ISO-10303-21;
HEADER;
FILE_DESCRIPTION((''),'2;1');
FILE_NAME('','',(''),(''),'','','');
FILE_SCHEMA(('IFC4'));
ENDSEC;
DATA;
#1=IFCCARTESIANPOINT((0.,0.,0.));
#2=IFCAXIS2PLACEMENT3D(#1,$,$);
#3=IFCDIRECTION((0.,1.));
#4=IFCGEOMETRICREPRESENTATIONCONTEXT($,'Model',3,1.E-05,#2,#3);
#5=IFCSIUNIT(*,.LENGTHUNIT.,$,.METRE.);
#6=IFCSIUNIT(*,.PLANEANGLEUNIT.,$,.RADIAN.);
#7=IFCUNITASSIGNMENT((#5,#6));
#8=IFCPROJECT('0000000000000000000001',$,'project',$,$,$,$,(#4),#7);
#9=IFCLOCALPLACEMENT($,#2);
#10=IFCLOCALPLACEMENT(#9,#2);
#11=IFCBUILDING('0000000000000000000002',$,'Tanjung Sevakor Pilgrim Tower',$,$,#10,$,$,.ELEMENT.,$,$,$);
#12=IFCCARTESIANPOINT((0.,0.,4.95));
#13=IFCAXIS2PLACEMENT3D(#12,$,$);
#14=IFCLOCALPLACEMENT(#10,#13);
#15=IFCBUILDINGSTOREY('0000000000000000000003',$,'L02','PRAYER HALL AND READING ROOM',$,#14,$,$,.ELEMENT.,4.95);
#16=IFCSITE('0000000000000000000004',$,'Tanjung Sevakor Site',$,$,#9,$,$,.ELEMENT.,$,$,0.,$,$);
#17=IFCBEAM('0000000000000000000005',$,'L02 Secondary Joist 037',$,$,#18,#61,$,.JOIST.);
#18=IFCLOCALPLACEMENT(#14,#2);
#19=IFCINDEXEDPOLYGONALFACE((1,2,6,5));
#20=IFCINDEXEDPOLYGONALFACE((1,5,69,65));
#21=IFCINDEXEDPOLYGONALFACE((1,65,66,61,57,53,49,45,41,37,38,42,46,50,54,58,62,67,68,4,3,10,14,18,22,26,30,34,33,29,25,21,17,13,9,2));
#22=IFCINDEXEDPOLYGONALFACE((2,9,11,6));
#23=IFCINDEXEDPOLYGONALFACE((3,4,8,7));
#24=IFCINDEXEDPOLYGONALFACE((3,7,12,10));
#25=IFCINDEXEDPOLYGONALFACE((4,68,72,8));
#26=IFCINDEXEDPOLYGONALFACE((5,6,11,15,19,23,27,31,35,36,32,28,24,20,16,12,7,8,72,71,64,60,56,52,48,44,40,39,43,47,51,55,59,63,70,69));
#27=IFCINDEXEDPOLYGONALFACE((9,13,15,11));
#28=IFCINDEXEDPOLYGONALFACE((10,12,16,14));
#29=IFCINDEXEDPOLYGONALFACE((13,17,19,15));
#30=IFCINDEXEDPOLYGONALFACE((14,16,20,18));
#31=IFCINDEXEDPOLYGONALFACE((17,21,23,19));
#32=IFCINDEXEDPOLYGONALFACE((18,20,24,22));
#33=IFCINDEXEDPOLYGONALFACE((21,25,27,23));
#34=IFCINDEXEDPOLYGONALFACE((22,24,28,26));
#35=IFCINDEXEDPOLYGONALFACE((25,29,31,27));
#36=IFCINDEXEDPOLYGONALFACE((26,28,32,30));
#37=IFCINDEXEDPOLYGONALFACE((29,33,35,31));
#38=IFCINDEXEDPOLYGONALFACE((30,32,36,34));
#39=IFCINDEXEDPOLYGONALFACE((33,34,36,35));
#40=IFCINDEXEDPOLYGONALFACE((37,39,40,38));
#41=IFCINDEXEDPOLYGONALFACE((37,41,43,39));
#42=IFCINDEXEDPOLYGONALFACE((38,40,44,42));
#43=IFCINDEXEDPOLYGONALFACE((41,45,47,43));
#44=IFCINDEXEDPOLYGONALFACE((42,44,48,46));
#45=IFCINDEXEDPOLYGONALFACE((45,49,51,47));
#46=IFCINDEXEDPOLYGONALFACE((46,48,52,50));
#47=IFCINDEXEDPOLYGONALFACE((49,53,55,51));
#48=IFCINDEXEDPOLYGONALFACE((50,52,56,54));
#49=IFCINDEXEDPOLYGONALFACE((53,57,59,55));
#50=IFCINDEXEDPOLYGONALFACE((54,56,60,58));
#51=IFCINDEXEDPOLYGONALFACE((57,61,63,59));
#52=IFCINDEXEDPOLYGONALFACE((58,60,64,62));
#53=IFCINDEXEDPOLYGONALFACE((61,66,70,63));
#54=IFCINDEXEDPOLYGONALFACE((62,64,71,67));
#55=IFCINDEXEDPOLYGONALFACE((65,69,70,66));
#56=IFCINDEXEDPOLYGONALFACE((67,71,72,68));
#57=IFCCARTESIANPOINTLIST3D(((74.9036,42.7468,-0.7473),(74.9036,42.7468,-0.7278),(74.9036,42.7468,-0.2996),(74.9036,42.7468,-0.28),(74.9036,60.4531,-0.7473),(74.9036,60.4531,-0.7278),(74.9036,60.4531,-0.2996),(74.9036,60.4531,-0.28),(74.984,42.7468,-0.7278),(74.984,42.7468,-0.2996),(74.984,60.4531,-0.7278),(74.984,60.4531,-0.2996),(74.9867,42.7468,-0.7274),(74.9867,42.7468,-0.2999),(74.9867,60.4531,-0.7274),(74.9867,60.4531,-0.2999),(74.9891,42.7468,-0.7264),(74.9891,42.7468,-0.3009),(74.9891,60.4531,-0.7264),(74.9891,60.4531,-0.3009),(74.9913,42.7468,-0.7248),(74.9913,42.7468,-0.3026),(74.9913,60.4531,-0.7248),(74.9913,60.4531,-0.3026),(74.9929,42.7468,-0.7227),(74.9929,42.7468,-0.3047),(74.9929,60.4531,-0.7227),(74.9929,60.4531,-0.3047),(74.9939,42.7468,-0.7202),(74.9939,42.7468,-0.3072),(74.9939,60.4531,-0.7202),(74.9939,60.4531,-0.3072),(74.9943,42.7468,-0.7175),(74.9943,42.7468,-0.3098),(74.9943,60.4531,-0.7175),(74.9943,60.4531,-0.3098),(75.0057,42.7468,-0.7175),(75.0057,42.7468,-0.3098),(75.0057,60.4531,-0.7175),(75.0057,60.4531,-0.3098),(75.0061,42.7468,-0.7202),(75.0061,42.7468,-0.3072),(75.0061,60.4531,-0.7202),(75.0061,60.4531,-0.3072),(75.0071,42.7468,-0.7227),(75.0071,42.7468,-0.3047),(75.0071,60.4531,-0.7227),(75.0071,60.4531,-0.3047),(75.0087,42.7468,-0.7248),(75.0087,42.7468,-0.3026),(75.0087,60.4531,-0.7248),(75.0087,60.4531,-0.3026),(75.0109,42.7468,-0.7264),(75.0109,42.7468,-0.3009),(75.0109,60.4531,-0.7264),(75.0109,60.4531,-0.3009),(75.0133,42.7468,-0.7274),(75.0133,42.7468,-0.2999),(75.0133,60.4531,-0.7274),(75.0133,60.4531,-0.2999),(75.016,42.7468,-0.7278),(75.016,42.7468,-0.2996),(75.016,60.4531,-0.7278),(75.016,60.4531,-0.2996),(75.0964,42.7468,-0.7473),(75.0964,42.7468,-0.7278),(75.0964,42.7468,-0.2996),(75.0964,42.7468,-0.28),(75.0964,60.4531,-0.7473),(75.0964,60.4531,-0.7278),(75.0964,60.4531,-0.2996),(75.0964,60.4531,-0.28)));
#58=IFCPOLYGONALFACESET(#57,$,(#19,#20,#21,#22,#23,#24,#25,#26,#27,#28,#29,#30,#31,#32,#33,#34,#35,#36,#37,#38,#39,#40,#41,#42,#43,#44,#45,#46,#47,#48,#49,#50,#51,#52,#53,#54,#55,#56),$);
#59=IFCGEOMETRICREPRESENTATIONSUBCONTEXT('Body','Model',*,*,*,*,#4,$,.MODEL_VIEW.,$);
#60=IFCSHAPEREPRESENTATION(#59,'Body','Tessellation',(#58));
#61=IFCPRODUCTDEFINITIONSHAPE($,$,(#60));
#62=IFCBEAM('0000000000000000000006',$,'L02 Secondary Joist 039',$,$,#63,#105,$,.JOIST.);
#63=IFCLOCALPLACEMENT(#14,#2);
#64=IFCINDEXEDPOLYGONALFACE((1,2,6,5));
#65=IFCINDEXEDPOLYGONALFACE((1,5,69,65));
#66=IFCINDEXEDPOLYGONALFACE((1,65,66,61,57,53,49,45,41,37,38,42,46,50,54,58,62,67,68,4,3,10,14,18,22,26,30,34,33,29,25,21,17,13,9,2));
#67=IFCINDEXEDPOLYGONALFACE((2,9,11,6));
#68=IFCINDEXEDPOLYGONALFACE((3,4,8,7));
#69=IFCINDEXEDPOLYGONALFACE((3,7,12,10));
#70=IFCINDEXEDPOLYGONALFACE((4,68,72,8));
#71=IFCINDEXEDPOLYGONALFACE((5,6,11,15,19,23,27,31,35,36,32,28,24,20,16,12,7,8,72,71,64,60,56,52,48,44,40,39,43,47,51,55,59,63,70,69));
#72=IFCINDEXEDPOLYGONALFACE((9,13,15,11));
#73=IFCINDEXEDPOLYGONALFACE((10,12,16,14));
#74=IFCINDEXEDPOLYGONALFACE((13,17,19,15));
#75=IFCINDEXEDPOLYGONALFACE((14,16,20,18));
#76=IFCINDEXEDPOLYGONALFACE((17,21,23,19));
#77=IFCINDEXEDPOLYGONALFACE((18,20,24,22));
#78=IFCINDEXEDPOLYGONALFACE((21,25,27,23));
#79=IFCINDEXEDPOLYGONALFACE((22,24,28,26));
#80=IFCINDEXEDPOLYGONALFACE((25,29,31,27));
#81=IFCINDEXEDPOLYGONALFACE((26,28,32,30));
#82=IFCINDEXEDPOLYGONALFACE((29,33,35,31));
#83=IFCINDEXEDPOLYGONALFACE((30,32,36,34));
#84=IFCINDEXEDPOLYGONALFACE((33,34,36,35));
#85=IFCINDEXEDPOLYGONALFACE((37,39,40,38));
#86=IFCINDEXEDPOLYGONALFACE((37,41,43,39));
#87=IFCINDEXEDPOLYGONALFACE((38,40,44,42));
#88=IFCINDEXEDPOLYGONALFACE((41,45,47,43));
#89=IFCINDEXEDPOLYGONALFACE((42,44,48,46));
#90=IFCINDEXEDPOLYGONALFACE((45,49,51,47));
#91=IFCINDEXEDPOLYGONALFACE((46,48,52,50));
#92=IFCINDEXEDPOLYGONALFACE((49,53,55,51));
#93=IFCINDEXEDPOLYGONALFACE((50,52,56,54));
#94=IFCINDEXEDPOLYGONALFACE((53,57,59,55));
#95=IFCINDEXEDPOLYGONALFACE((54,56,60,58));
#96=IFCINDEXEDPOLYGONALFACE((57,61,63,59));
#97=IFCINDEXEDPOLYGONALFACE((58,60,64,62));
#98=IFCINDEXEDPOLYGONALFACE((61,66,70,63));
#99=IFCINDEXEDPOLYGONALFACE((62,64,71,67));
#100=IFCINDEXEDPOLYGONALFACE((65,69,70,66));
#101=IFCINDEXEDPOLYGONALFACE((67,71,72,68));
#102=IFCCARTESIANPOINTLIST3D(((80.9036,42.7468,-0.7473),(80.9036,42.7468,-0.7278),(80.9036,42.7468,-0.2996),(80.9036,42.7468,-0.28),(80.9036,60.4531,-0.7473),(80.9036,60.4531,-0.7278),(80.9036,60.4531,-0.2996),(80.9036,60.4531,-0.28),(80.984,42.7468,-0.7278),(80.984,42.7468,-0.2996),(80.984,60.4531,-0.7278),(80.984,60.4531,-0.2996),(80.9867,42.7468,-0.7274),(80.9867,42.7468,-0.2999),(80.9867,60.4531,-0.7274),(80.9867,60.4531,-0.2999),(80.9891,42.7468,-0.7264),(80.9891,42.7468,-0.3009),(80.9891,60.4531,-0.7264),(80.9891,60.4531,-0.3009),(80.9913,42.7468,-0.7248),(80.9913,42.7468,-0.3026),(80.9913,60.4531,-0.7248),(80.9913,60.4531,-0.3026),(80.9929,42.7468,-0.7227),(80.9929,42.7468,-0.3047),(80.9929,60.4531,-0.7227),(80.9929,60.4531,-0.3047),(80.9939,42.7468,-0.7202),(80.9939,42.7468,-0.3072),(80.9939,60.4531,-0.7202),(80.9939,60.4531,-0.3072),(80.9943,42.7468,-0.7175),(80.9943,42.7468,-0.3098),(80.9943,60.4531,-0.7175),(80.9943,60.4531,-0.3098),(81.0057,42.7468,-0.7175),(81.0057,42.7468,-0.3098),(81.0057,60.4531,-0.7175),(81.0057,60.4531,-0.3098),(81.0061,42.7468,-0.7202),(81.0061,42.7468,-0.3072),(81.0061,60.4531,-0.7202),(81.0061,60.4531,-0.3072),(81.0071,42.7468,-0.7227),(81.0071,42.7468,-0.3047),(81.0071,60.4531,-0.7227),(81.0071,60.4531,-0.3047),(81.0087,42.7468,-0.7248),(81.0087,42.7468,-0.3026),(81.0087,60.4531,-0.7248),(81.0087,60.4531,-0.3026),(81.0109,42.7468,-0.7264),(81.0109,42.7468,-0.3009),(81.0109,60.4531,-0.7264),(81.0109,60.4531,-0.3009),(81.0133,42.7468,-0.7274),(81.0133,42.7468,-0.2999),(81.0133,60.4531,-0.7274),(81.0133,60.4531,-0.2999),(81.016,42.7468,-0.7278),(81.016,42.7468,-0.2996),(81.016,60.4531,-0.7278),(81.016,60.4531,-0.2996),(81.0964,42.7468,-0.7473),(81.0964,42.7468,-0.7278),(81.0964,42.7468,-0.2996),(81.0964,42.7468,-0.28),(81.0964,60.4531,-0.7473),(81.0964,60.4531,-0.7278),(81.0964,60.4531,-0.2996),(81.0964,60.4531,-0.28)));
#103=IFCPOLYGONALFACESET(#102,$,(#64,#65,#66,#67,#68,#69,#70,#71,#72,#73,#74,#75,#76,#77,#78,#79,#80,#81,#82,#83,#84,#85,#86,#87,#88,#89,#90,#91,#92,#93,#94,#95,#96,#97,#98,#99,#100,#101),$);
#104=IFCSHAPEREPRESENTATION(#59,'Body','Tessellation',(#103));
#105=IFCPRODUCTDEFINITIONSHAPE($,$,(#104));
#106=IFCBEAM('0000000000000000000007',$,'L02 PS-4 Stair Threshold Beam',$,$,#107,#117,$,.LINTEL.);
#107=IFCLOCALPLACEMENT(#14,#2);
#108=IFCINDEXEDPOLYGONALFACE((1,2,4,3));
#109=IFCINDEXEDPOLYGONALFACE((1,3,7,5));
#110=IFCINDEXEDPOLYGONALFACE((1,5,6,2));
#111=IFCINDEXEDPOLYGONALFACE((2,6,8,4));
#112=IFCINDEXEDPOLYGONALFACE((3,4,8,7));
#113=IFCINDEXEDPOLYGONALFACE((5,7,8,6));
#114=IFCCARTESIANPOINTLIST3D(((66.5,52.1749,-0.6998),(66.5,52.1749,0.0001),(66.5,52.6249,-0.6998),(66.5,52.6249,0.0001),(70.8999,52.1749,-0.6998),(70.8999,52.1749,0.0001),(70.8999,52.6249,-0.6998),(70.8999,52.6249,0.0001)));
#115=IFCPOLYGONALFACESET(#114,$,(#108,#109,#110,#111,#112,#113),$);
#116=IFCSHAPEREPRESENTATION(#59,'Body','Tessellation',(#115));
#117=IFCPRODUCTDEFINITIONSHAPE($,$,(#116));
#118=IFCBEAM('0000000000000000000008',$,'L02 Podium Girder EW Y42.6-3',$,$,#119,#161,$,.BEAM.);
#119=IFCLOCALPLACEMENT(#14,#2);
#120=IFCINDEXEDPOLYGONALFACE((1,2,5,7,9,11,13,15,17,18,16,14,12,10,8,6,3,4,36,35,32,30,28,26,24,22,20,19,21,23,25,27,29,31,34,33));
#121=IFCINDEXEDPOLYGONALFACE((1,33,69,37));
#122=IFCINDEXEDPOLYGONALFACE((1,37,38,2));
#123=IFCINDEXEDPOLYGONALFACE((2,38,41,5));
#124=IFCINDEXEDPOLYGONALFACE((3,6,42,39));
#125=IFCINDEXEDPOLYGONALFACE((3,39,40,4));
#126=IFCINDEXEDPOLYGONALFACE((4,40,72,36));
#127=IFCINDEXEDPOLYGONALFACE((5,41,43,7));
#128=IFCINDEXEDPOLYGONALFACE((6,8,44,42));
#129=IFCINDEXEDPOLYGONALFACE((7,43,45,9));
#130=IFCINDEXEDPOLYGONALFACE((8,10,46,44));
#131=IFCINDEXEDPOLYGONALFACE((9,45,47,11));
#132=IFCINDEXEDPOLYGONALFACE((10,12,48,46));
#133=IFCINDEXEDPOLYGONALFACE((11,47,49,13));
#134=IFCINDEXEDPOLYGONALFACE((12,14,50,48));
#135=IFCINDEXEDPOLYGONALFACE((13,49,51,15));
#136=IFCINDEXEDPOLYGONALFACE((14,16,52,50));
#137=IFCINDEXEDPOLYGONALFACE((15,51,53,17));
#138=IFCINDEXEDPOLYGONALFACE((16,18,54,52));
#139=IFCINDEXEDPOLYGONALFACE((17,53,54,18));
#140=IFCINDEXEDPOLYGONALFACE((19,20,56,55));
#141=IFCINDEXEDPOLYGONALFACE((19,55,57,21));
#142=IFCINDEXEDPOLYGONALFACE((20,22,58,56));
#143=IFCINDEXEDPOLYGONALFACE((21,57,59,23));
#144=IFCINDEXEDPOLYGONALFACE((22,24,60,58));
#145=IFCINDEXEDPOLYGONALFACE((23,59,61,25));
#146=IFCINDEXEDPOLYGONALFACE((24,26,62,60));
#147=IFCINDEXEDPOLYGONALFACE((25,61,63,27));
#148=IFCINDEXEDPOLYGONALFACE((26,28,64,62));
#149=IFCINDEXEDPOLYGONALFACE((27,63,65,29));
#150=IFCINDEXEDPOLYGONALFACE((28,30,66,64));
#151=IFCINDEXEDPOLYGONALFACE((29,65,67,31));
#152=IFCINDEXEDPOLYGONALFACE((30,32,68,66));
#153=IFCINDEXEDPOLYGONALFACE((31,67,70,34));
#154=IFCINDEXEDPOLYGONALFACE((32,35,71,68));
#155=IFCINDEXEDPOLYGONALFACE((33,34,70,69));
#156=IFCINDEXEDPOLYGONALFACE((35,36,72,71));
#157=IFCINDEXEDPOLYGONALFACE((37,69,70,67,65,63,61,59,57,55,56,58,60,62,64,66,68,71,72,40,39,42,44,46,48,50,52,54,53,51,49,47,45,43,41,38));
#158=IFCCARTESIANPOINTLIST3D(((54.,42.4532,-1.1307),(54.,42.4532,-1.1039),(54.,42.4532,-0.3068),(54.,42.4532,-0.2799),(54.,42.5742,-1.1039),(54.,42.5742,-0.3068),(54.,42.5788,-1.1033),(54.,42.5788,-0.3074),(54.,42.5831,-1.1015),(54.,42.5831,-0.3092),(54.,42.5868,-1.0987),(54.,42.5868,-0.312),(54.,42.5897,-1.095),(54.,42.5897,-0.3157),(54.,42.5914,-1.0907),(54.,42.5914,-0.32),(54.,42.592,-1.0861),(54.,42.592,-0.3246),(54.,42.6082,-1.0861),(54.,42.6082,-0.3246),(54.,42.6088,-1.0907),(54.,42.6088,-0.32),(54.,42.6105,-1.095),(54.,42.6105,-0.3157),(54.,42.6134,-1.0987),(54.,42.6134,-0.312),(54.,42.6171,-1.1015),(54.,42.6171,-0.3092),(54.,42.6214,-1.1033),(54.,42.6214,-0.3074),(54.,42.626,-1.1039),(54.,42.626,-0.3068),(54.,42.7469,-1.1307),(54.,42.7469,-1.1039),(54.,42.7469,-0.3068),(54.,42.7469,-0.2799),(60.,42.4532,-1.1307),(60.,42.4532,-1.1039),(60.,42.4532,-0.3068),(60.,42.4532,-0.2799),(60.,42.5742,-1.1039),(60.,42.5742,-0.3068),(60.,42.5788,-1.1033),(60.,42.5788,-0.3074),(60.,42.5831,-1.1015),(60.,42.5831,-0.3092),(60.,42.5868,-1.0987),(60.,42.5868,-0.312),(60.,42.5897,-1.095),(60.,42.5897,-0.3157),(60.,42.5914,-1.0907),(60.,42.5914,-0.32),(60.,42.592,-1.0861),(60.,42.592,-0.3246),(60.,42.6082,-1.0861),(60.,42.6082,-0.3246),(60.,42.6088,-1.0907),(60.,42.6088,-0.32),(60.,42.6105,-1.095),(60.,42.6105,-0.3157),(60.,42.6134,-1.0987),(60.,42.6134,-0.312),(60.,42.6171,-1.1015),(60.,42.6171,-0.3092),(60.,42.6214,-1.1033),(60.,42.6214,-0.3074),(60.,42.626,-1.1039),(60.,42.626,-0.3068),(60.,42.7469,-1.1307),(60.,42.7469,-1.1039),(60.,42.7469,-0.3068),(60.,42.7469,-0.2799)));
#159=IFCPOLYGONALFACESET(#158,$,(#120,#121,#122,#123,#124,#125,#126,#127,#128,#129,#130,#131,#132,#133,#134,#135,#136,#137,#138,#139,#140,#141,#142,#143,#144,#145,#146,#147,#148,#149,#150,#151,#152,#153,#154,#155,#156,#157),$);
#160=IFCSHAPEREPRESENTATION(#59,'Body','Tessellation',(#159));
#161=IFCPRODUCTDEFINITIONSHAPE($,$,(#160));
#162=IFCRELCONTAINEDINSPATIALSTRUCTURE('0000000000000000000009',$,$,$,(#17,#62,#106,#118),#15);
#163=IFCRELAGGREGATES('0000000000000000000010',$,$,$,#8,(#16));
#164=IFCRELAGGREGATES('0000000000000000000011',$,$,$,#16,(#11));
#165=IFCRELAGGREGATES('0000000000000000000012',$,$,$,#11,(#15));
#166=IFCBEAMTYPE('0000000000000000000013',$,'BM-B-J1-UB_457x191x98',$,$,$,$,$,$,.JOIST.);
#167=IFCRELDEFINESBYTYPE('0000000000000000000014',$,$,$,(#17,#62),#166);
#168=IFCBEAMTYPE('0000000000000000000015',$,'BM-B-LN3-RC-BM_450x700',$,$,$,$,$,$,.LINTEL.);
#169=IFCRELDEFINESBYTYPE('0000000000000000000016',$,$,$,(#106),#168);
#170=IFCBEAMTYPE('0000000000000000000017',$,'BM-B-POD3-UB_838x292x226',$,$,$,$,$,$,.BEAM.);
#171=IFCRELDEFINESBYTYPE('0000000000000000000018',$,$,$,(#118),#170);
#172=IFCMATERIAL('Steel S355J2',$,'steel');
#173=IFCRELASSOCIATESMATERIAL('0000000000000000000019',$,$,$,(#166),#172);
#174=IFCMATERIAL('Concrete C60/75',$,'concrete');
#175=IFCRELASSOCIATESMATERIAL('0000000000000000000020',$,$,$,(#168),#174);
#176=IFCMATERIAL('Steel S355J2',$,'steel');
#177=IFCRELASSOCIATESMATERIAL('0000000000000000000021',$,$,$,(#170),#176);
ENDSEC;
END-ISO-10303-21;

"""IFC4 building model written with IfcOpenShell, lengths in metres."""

from ifc_helpers import new_model, si_unit, direction, frame, origin, origin_2d, place, context, subcontext, project, spatial, rectangle, i_section, extrude, material, material_profile, profile_set, type_object, element, save


model = new_model("IFC4")

# Units and contexts
model_context = context("Model", 3, precision=1e-05, world=origin(), true_north=direction((0.0, 1.0)))
body_context = subcontext(model_context, "Body", "Model", "MODEL_VIEW")
ifc_project = project(units=[si_unit("LENGTHUNIT", "METRE"), si_unit("PLANEANGLEUNIT", "RADIAN")], contexts=[model_context])

# Site, building, storey
site_placement = place(None, origin())
site = spatial("IfcSite", under=ifc_project, at=site_placement, Name="Tanjung Sevakor Site", CompositionType="ELEMENT", RefElevation=0.0)
building_placement = place(site_placement, origin())
building = spatial("IfcBuilding", under=site, at=building_placement, Name="Tanjung Sevakor Pilgrim Tower", CompositionType="ELEMENT")
storey_placement = place(building_placement, frame((0.0, 0.0, 4.95)))
storey = spatial("IfcBuildingStorey", under=building, at=storey_placement, Name="L02", Description="PRAYER HALL AND READING ROOM", CompositionType="ELEMENT", Elevation=4.95)

# Beams
ifc_material_1 = material(Name="Steel S355J2", Category="steel")
ifc_material_profile_1 = material_profile(ifc_material_1, i_section(OverallWidth=0.1929, OverallDepth=0.4673, WebThickness=0.0115, FlangeThickness=0.0195, FilletRadius=0.0103, at=origin_2d()))
ifc_profile_set_1 = profile_set([ifc_material_profile_1], Name="Steel S355J2")
beam_type_1 = type_object("IfcBeamType", Name="BM-B-J1-UB_457x191x98", PredefinedType="JOIST", material=ifc_profile_set_1)
for number, where, z_axis, x_axis, name in (
    (1, (75.0, 42.7468, -0.5137), (0.0, 1.0, 0.0), (-1.0, 0.0, 0.0), "L02 Secondary Joist 037"),
    (2, (81.0, 42.7468, -0.5137), (0.0, 1.0, 0.0), (-1.0, 0.0, 0.0), "L02 Secondary Joist 039"),
):
    element("IfcBeam", number, at=place(storey_placement, frame(where, z_axis=z_axis, x_axis=x_axis)), inside=storey, type_object=beam_type_1, Name=name, PredefinedType="JOIST", context=body_context, shape_type="SweptSolid", body=[
        extrude(i_section(OverallWidth=0.1929, OverallDepth=0.4673, WebThickness=0.0115, FlangeThickness=0.0195, FilletRadius=0.0103, at=origin_2d()), origin(), (0.0, 0.0, 1.0), 17.7063),
    ])
ifc_material_2 = material(Name="Concrete C60/75", Category="concrete")
ifc_material_profile_2 = material_profile(ifc_material_2, rectangle(XDim=0.45, YDim=0.7, at=origin_2d()))
ifc_profile_set_2 = profile_set([ifc_material_profile_2], Name="Concrete C60/75")
beam_type_2 = type_object("IfcBeamType", Name="BM-B-LN3-RC-BM_450x700", PredefinedType="LINTEL", material=ifc_profile_set_2)
beam_1_placement = place(storey_placement, frame((66.5, 52.3999, -0.3499), z_axis=(1.0, 0.0, 0.0), x_axis=(0.0, 1.0, 0.0)))
element("IfcBeam", 3, at=beam_1_placement, inside=storey, type_object=beam_type_2, Name="L02 PS-4 Stair Threshold Beam", PredefinedType="LINTEL", context=body_context, shape_type="SweptSolid", body=[
    extrude(rectangle(XDim=0.45, YDim=0.7, at=origin_2d()), origin(), (0.0, 0.0, 1.0), 4.3999),
])
ifc_material_3 = material(Name="Steel S355J2", Category="steel")
ifc_material_profile_3 = material_profile(ifc_material_3, i_section(OverallWidth=0.2937, OverallDepth=0.8508, WebThickness=0.0161, FlangeThickness=0.0269, FilletRadius=0.0178, at=origin_2d()))
ifc_profile_set_3 = profile_set([ifc_material_profile_3], Name="Steel S355J2")
beam_type_3 = type_object("IfcBeamType", Name="BM-B-POD3-UB_838x292x226", PredefinedType="BEAM", material=ifc_profile_set_3)
beam_2_placement = place(storey_placement, frame((54.0, 42.6001, -0.7053), z_axis=(1.0, 0.0, 0.0), x_axis=(0.0, 1.0, 0.0)))
element("IfcBeam", 4, at=beam_2_placement, inside=storey, type_object=beam_type_3, Name="L02 Podium Girder EW Y42.6-3", PredefinedType="BEAM", context=body_context, shape_type="SweptSolid", body=[
    extrude(i_section(OverallWidth=0.2937, OverallDepth=0.8508, WebThickness=0.0161, FlangeThickness=0.0269, FilletRadius=0.0178, at=origin_2d()), origin(), (0.0, 0.0, 1.0), 6.0),
])

save(model, "model.ifc")
